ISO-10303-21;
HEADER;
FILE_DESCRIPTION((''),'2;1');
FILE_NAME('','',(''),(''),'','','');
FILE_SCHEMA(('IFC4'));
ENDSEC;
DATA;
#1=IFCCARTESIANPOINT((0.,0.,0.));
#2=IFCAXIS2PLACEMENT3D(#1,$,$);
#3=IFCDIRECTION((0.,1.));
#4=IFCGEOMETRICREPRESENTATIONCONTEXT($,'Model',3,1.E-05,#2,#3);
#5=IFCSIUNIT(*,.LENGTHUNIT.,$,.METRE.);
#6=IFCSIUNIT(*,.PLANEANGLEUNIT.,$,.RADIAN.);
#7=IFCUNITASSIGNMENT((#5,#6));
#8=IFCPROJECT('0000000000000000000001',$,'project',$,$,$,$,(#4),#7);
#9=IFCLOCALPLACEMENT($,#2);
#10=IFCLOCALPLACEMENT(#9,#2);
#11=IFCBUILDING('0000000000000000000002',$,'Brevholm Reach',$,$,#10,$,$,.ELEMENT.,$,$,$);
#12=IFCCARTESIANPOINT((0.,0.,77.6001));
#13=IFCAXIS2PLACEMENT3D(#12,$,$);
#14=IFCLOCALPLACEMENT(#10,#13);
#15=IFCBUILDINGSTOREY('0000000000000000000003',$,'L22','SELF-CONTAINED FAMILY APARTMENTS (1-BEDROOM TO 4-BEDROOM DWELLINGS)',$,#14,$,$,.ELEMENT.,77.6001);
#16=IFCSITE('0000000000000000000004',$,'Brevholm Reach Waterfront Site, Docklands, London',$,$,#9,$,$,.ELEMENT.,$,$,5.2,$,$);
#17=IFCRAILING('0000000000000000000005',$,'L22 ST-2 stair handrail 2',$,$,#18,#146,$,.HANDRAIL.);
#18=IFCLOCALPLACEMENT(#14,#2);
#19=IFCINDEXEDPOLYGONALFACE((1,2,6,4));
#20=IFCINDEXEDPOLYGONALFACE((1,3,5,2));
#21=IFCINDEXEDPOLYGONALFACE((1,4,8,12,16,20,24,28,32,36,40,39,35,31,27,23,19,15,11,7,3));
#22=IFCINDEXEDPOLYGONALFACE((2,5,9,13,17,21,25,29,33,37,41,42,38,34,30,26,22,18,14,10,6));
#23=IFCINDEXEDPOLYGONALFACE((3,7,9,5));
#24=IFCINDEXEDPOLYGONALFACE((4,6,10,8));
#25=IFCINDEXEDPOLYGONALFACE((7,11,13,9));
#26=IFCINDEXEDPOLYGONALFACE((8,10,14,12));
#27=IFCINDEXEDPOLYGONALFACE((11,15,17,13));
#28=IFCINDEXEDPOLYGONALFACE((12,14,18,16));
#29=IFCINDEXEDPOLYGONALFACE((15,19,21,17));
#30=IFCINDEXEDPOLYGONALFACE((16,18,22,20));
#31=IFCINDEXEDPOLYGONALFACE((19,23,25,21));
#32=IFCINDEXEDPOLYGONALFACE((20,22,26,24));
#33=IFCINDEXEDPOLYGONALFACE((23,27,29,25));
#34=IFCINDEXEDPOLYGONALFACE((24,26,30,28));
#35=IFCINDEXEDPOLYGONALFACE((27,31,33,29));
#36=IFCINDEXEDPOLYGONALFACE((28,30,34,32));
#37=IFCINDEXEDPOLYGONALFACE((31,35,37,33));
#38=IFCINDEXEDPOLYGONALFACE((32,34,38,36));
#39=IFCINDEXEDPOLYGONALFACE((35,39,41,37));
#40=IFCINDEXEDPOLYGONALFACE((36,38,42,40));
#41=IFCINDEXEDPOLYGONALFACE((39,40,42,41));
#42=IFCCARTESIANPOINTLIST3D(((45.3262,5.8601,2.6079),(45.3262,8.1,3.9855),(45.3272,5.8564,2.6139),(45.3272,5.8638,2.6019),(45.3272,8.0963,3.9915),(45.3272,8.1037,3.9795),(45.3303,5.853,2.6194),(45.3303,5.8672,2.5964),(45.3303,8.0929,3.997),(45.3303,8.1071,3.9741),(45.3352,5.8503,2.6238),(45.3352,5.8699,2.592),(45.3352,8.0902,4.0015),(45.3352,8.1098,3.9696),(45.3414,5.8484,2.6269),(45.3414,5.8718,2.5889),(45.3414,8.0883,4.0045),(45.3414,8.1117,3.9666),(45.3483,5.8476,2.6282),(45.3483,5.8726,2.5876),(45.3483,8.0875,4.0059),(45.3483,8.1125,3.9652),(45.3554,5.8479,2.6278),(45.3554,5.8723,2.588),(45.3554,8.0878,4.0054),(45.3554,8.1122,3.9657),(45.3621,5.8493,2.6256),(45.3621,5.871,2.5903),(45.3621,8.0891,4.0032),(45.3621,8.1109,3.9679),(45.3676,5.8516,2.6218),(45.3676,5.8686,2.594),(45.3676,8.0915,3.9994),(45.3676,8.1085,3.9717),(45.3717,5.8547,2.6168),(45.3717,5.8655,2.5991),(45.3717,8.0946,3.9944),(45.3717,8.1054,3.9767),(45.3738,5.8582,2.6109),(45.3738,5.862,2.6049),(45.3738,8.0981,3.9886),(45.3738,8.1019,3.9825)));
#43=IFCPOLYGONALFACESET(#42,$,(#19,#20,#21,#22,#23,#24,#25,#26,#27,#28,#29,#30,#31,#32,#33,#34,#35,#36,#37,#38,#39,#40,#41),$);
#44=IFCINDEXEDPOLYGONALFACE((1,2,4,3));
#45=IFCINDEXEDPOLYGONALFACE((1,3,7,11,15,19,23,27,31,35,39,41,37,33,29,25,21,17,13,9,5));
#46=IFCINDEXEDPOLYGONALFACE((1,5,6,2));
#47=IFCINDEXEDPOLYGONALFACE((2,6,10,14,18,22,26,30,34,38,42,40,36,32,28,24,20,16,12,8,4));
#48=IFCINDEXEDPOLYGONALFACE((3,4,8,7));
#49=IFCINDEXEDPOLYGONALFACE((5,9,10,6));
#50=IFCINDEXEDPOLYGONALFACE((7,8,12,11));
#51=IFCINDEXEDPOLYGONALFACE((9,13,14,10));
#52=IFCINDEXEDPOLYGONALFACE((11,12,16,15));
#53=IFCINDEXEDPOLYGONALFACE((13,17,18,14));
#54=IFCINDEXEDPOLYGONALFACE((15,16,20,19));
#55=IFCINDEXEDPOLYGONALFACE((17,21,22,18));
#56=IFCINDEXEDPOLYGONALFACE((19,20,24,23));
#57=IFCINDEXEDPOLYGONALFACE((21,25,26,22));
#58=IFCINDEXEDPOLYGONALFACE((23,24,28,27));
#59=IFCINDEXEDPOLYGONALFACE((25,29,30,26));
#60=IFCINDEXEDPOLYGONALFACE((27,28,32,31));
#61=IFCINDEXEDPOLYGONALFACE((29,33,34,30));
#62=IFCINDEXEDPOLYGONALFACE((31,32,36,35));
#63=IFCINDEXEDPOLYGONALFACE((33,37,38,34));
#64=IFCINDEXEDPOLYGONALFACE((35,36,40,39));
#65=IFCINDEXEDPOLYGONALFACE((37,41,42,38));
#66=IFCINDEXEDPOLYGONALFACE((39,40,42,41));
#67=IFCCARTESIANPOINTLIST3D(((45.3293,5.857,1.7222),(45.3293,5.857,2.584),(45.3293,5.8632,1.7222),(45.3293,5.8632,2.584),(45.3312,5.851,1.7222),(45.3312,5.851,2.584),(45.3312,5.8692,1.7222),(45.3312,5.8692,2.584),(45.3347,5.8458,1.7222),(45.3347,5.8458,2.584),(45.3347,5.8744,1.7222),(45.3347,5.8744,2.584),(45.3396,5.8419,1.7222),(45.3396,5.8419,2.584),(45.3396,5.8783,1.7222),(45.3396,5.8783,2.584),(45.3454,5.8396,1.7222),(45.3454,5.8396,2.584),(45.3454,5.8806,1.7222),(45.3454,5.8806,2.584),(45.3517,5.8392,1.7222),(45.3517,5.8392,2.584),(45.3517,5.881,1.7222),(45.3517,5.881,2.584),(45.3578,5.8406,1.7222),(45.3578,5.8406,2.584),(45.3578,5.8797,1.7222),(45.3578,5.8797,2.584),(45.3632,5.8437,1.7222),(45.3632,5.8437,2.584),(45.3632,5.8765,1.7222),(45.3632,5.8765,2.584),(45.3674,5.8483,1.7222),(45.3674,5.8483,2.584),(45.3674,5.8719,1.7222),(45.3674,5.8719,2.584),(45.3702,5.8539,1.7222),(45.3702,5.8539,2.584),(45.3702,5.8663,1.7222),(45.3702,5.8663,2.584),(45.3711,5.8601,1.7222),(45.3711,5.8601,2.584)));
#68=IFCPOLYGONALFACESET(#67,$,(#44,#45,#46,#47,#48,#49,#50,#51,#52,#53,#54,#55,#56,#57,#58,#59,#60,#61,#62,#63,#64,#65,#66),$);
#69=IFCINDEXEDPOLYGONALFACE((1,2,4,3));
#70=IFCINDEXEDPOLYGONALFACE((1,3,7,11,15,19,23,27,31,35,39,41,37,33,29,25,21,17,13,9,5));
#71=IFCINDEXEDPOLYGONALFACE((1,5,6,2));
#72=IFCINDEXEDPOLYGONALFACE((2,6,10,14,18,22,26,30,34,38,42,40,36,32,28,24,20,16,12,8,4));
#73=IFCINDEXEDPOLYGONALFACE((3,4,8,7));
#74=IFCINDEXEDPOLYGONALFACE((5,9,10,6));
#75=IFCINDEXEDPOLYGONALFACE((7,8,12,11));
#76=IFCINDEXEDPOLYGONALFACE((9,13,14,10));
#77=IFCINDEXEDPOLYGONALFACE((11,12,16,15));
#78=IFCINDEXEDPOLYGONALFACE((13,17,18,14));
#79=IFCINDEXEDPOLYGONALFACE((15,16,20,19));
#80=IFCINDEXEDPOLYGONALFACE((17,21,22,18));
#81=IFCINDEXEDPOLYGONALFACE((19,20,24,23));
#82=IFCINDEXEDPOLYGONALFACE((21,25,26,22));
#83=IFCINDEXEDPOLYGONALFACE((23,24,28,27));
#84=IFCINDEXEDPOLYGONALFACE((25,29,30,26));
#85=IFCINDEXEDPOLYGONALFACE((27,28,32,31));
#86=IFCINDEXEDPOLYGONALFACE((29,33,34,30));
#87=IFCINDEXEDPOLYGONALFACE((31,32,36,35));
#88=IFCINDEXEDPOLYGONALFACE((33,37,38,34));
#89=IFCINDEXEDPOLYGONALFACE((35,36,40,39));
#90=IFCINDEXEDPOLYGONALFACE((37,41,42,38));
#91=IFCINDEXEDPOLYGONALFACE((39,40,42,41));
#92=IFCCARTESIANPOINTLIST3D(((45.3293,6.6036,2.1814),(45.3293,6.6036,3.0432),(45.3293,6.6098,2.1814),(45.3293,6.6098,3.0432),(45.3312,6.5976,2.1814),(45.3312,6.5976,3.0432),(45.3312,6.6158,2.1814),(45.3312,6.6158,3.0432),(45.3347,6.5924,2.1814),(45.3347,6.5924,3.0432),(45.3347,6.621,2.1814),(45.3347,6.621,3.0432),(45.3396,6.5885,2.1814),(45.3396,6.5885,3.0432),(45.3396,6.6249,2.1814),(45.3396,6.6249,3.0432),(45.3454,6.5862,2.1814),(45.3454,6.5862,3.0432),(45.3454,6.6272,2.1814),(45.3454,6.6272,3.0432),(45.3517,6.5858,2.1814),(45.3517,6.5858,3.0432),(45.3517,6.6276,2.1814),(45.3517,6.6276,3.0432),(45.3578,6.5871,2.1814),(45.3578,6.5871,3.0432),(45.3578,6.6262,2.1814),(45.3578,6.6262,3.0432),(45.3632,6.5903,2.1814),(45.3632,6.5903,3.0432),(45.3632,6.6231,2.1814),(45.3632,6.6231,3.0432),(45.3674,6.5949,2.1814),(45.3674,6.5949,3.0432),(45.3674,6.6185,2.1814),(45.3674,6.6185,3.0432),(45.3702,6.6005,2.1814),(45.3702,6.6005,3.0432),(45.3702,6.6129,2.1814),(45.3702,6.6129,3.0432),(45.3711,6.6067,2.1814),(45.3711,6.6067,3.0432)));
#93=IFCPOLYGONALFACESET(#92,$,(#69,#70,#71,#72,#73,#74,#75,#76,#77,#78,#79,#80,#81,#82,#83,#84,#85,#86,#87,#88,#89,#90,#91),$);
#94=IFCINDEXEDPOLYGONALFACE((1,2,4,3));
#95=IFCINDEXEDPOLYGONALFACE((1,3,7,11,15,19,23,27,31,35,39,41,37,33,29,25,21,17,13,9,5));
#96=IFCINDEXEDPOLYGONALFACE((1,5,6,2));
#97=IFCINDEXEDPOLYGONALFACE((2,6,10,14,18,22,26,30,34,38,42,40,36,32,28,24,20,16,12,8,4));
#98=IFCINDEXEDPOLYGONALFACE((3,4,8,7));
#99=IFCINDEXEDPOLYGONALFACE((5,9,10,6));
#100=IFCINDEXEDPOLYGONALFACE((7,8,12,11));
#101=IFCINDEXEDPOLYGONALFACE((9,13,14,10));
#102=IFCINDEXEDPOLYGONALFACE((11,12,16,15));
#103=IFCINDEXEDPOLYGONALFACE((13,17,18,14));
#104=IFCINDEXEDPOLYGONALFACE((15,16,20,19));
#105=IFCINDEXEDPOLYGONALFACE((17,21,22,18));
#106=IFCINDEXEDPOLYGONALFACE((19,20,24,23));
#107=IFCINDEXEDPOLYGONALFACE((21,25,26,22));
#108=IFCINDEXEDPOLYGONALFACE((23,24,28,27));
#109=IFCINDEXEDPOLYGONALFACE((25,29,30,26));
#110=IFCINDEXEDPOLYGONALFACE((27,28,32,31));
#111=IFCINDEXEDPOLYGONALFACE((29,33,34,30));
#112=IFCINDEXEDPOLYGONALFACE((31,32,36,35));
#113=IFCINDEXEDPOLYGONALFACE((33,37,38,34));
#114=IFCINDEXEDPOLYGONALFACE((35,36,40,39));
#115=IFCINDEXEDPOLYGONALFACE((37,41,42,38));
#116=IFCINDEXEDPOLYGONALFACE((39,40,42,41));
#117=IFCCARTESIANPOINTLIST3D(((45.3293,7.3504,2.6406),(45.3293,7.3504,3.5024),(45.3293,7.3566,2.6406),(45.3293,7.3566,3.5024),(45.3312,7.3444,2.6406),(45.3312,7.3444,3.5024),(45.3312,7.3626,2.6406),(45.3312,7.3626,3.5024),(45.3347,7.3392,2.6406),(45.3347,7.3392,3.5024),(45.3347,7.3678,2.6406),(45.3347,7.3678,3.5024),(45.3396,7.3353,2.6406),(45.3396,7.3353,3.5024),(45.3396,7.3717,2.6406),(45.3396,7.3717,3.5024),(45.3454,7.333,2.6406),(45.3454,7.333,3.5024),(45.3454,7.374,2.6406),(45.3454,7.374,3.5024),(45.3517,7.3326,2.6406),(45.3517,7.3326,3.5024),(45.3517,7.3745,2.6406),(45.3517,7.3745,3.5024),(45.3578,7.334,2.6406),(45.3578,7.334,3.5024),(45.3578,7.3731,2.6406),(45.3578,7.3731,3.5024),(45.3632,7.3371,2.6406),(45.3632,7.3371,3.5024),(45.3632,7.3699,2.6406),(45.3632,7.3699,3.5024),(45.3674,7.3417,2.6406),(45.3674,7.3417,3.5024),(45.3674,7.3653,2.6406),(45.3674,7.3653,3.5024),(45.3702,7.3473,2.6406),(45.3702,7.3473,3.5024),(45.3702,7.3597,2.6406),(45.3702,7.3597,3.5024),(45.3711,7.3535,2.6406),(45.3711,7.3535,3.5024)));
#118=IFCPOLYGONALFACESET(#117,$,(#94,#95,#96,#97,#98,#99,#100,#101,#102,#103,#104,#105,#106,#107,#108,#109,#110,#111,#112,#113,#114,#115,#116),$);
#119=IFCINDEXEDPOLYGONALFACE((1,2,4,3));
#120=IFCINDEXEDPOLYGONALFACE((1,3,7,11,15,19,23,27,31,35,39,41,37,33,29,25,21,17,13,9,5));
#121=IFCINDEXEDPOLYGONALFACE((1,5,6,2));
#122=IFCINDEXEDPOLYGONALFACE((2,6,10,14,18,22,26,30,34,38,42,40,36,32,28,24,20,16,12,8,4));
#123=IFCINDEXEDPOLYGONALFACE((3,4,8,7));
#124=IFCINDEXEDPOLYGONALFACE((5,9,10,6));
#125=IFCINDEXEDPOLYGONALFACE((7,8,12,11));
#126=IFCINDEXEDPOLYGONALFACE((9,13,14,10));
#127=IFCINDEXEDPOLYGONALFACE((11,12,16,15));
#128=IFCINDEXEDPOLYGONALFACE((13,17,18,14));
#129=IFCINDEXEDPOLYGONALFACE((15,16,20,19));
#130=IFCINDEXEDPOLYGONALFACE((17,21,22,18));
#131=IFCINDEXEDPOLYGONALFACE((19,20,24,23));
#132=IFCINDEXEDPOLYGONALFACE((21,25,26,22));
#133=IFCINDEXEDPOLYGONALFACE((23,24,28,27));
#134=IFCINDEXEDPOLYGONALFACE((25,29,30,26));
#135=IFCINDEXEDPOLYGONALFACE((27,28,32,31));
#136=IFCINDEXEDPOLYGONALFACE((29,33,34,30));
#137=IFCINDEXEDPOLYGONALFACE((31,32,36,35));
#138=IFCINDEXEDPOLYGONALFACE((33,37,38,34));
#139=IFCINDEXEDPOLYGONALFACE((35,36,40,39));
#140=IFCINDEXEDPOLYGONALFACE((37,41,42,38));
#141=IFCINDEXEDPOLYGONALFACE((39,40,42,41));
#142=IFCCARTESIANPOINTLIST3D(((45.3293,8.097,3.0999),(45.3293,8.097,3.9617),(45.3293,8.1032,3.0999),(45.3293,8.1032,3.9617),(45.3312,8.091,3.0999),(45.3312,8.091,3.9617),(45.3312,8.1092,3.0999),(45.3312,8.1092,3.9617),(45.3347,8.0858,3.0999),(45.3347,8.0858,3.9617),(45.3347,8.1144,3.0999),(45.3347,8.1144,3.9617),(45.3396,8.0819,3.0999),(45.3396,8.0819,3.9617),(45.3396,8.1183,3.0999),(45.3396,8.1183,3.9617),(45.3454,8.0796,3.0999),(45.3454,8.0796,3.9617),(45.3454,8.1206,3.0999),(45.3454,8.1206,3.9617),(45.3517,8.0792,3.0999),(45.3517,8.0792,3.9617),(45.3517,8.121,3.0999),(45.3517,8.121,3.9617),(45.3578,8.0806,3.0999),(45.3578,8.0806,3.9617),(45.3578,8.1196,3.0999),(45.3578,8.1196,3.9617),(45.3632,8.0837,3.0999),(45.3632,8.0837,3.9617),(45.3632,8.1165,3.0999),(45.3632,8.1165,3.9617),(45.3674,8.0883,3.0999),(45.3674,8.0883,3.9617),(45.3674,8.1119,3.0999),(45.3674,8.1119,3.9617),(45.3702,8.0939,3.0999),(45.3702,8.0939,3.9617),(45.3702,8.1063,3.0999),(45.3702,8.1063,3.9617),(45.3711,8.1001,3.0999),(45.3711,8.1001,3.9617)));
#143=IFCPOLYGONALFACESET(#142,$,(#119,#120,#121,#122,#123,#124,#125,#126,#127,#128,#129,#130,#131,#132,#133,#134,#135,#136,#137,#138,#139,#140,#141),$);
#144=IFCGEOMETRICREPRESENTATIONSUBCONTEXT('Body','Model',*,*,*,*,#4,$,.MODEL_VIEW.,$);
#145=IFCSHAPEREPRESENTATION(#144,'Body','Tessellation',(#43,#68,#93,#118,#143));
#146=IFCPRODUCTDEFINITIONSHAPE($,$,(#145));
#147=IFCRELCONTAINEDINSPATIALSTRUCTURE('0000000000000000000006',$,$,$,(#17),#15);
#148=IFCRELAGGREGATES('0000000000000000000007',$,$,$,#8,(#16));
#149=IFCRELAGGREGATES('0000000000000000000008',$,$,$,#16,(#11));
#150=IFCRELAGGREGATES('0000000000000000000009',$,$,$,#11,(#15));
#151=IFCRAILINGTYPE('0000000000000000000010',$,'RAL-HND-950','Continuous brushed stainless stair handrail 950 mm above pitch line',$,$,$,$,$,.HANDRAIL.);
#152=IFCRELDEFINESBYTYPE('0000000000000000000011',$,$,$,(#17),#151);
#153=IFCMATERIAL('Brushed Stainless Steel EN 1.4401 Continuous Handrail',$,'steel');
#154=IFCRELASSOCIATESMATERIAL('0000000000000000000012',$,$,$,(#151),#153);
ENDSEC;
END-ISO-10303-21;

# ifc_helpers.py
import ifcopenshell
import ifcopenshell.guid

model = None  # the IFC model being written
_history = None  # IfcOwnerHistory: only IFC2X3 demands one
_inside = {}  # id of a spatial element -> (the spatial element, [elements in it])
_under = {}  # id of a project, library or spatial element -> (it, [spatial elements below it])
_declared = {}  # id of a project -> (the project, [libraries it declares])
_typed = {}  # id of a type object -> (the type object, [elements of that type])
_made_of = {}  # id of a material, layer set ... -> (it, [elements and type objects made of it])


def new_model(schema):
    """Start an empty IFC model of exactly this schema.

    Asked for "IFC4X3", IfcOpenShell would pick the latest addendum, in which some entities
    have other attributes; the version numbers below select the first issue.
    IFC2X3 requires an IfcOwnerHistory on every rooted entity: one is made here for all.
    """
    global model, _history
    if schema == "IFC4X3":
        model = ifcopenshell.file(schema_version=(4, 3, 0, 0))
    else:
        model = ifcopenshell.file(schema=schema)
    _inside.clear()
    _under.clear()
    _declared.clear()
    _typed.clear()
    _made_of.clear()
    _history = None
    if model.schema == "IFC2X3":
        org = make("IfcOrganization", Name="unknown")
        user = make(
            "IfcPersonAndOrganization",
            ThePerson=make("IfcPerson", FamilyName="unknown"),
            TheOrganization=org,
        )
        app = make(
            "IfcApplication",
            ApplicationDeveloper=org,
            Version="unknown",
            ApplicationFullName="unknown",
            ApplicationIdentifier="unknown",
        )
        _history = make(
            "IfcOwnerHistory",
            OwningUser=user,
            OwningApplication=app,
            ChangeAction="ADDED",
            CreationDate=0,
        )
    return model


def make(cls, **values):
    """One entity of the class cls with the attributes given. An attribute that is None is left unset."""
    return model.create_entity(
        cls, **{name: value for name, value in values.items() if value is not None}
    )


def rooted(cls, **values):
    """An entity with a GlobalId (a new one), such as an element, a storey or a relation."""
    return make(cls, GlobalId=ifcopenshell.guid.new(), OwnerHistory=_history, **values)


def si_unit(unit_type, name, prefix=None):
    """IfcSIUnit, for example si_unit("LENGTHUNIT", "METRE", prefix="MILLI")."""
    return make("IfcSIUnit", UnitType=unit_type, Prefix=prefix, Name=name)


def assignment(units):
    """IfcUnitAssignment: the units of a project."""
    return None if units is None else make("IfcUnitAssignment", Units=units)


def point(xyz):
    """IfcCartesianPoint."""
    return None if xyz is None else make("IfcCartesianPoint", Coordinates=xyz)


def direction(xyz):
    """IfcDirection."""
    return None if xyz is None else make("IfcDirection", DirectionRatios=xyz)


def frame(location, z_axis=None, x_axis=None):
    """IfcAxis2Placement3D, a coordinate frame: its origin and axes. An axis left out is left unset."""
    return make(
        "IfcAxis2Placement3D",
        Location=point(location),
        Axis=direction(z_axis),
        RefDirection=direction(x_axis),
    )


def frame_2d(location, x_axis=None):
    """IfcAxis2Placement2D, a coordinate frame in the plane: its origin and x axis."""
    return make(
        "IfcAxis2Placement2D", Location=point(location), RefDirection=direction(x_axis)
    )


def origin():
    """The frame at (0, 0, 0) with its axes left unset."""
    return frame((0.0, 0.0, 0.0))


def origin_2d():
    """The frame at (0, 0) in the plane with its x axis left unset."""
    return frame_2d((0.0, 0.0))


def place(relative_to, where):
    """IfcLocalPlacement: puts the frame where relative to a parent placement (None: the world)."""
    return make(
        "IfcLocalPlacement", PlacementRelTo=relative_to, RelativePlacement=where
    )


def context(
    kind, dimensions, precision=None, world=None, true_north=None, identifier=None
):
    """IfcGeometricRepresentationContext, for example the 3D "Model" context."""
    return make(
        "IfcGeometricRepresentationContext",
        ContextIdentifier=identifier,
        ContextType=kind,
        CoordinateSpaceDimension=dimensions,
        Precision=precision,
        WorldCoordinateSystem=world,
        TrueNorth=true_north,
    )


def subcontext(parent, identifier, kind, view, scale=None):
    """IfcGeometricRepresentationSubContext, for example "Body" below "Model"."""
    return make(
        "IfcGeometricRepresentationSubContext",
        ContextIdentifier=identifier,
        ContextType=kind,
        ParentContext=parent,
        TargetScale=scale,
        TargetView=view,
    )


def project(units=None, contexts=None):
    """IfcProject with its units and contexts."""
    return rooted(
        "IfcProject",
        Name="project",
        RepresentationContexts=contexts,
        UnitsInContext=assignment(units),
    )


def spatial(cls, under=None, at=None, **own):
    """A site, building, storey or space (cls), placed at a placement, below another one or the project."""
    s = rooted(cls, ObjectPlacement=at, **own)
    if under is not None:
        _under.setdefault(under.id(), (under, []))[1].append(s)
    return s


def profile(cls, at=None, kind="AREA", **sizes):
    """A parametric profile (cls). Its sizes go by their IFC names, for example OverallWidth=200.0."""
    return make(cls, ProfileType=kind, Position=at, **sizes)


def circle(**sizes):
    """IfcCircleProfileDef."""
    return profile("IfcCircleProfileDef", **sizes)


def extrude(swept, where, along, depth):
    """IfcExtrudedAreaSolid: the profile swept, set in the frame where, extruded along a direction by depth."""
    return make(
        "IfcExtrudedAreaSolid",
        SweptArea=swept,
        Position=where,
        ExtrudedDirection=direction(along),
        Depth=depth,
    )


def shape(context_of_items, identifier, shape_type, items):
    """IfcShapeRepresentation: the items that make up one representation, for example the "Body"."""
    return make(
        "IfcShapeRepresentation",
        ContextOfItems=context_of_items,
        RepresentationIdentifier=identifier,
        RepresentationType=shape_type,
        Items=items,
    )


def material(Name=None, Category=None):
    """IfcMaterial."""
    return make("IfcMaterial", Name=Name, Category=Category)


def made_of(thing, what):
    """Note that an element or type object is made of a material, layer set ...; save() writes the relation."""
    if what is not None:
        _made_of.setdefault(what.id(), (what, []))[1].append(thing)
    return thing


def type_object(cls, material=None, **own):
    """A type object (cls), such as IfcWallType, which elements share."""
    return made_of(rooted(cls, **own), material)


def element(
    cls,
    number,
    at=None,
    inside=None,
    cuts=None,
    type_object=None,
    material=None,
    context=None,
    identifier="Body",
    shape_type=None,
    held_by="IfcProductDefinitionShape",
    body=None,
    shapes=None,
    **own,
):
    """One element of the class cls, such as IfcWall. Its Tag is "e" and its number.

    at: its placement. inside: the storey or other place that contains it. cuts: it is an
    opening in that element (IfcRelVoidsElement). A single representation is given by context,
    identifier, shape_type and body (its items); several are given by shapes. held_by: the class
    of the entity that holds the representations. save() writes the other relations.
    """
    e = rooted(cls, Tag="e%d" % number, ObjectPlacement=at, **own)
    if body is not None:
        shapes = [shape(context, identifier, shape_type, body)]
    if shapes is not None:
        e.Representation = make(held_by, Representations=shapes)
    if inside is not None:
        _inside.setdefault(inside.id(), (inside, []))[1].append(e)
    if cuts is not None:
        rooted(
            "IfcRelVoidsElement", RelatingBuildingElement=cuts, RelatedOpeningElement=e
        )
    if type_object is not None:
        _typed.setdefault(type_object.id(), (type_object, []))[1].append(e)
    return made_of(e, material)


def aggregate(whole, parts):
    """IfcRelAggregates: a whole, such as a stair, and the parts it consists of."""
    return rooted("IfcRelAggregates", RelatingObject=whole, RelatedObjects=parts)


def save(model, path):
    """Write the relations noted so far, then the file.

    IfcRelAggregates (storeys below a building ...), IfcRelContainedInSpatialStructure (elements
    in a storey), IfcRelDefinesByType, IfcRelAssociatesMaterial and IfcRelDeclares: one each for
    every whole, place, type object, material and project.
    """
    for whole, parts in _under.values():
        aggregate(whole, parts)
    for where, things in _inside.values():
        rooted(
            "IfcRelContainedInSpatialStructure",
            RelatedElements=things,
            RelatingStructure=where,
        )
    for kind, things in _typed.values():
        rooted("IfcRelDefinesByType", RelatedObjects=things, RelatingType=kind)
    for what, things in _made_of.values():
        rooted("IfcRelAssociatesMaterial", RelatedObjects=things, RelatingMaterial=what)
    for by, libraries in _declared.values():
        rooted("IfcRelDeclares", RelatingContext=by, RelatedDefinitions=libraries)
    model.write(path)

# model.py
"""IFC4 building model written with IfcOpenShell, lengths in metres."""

from ifc_helpers import new_model, si_unit, direction, frame, origin, origin_2d, place, context, subcontext, project, spatial, circle, extrude, material, type_object, element, save


model = new_model("IFC4")

# Units and contexts
model_context = context("Model", 3, precision=1e-05, world=origin(), true_north=direction((0.0, 1.0)))
body_context = subcontext(model_context, "Body", "Model", "MODEL_VIEW")
ifc_project = project(units=[si_unit("LENGTHUNIT", "METRE"), si_unit("PLANEANGLEUNIT", "RADIAN")], contexts=[model_context])

# Site, building, storey
site_placement = place(None, origin())
site = spatial("IfcSite", under=ifc_project, at=site_placement, Name="Brevholm Reach Waterfront Site, Docklands, London", CompositionType="ELEMENT", RefElevation=5.2)
building_placement = place(site_placement, origin())
building = spatial("IfcBuilding", under=site, at=building_placement, Name="Brevholm Reach", CompositionType="ELEMENT")
storey_placement = place(building_placement, frame((0.0, 0.0, 77.6001)))
storey = spatial("IfcBuildingStorey", under=building, at=storey_placement, Name="L22", Description="SELF-CONTAINED FAMILY APARTMENTS (1-BEDROOM TO 4-BEDROOM DWELLINGS)", CompositionType="ELEMENT", Elevation=77.6001)

# Railing
ifc_material_1 = material(Name="Brushed Stainless Steel EN 1.4401 Continuous Handrail", Category="steel")
railing_type_1 = type_object("IfcRailingType", Name="RAL-HND-950", Description="Continuous brushed stainless stair handrail 950 mm above pitch line", PredefinedType="HANDRAIL", material=ifc_material_1)
railing_1_placement = place(storey_placement, frame((45.3501, 5.8601, 1.7222)))
element("IfcRailing", 1, at=railing_1_placement, inside=storey, type_object=railing_type_1, Name="L22 ST-2 stair handrail 2", PredefinedType="HANDRAIL", context=body_context, shape_type="SweptSolid", body=[
    extrude(circle(Radius=0.0239, at=origin_2d()), frame((0.0, 0.0, 0.8857), z_axis=(0.0, 0.851789, 0.523885), x_axis=(-1.0, 0.0, 0.0)), (0.0, 0.0, 1.0), 2.6296),
    extrude(circle(Radius=0.021, at=origin_2d()), origin(), (0.0, 0.0, 1.0), 0.8618),
    extrude(circle(Radius=0.021, at=origin_2d()), frame((0.0, 0.7466, 0.4592)), (0.0, 0.0, 1.0), 0.8618),
    extrude(circle(Radius=0.021, at=origin_2d()), frame((0.0, 1.4934, 0.9185)), (0.0, 0.0, 1.0), 0.8618),
    extrude(circle(Radius=0.021, at=origin_2d()), frame((0.0, 2.24, 1.3777)), (0.0, 0.0, 1.0), 0.8618),
])

save(model, "model.ifc")
